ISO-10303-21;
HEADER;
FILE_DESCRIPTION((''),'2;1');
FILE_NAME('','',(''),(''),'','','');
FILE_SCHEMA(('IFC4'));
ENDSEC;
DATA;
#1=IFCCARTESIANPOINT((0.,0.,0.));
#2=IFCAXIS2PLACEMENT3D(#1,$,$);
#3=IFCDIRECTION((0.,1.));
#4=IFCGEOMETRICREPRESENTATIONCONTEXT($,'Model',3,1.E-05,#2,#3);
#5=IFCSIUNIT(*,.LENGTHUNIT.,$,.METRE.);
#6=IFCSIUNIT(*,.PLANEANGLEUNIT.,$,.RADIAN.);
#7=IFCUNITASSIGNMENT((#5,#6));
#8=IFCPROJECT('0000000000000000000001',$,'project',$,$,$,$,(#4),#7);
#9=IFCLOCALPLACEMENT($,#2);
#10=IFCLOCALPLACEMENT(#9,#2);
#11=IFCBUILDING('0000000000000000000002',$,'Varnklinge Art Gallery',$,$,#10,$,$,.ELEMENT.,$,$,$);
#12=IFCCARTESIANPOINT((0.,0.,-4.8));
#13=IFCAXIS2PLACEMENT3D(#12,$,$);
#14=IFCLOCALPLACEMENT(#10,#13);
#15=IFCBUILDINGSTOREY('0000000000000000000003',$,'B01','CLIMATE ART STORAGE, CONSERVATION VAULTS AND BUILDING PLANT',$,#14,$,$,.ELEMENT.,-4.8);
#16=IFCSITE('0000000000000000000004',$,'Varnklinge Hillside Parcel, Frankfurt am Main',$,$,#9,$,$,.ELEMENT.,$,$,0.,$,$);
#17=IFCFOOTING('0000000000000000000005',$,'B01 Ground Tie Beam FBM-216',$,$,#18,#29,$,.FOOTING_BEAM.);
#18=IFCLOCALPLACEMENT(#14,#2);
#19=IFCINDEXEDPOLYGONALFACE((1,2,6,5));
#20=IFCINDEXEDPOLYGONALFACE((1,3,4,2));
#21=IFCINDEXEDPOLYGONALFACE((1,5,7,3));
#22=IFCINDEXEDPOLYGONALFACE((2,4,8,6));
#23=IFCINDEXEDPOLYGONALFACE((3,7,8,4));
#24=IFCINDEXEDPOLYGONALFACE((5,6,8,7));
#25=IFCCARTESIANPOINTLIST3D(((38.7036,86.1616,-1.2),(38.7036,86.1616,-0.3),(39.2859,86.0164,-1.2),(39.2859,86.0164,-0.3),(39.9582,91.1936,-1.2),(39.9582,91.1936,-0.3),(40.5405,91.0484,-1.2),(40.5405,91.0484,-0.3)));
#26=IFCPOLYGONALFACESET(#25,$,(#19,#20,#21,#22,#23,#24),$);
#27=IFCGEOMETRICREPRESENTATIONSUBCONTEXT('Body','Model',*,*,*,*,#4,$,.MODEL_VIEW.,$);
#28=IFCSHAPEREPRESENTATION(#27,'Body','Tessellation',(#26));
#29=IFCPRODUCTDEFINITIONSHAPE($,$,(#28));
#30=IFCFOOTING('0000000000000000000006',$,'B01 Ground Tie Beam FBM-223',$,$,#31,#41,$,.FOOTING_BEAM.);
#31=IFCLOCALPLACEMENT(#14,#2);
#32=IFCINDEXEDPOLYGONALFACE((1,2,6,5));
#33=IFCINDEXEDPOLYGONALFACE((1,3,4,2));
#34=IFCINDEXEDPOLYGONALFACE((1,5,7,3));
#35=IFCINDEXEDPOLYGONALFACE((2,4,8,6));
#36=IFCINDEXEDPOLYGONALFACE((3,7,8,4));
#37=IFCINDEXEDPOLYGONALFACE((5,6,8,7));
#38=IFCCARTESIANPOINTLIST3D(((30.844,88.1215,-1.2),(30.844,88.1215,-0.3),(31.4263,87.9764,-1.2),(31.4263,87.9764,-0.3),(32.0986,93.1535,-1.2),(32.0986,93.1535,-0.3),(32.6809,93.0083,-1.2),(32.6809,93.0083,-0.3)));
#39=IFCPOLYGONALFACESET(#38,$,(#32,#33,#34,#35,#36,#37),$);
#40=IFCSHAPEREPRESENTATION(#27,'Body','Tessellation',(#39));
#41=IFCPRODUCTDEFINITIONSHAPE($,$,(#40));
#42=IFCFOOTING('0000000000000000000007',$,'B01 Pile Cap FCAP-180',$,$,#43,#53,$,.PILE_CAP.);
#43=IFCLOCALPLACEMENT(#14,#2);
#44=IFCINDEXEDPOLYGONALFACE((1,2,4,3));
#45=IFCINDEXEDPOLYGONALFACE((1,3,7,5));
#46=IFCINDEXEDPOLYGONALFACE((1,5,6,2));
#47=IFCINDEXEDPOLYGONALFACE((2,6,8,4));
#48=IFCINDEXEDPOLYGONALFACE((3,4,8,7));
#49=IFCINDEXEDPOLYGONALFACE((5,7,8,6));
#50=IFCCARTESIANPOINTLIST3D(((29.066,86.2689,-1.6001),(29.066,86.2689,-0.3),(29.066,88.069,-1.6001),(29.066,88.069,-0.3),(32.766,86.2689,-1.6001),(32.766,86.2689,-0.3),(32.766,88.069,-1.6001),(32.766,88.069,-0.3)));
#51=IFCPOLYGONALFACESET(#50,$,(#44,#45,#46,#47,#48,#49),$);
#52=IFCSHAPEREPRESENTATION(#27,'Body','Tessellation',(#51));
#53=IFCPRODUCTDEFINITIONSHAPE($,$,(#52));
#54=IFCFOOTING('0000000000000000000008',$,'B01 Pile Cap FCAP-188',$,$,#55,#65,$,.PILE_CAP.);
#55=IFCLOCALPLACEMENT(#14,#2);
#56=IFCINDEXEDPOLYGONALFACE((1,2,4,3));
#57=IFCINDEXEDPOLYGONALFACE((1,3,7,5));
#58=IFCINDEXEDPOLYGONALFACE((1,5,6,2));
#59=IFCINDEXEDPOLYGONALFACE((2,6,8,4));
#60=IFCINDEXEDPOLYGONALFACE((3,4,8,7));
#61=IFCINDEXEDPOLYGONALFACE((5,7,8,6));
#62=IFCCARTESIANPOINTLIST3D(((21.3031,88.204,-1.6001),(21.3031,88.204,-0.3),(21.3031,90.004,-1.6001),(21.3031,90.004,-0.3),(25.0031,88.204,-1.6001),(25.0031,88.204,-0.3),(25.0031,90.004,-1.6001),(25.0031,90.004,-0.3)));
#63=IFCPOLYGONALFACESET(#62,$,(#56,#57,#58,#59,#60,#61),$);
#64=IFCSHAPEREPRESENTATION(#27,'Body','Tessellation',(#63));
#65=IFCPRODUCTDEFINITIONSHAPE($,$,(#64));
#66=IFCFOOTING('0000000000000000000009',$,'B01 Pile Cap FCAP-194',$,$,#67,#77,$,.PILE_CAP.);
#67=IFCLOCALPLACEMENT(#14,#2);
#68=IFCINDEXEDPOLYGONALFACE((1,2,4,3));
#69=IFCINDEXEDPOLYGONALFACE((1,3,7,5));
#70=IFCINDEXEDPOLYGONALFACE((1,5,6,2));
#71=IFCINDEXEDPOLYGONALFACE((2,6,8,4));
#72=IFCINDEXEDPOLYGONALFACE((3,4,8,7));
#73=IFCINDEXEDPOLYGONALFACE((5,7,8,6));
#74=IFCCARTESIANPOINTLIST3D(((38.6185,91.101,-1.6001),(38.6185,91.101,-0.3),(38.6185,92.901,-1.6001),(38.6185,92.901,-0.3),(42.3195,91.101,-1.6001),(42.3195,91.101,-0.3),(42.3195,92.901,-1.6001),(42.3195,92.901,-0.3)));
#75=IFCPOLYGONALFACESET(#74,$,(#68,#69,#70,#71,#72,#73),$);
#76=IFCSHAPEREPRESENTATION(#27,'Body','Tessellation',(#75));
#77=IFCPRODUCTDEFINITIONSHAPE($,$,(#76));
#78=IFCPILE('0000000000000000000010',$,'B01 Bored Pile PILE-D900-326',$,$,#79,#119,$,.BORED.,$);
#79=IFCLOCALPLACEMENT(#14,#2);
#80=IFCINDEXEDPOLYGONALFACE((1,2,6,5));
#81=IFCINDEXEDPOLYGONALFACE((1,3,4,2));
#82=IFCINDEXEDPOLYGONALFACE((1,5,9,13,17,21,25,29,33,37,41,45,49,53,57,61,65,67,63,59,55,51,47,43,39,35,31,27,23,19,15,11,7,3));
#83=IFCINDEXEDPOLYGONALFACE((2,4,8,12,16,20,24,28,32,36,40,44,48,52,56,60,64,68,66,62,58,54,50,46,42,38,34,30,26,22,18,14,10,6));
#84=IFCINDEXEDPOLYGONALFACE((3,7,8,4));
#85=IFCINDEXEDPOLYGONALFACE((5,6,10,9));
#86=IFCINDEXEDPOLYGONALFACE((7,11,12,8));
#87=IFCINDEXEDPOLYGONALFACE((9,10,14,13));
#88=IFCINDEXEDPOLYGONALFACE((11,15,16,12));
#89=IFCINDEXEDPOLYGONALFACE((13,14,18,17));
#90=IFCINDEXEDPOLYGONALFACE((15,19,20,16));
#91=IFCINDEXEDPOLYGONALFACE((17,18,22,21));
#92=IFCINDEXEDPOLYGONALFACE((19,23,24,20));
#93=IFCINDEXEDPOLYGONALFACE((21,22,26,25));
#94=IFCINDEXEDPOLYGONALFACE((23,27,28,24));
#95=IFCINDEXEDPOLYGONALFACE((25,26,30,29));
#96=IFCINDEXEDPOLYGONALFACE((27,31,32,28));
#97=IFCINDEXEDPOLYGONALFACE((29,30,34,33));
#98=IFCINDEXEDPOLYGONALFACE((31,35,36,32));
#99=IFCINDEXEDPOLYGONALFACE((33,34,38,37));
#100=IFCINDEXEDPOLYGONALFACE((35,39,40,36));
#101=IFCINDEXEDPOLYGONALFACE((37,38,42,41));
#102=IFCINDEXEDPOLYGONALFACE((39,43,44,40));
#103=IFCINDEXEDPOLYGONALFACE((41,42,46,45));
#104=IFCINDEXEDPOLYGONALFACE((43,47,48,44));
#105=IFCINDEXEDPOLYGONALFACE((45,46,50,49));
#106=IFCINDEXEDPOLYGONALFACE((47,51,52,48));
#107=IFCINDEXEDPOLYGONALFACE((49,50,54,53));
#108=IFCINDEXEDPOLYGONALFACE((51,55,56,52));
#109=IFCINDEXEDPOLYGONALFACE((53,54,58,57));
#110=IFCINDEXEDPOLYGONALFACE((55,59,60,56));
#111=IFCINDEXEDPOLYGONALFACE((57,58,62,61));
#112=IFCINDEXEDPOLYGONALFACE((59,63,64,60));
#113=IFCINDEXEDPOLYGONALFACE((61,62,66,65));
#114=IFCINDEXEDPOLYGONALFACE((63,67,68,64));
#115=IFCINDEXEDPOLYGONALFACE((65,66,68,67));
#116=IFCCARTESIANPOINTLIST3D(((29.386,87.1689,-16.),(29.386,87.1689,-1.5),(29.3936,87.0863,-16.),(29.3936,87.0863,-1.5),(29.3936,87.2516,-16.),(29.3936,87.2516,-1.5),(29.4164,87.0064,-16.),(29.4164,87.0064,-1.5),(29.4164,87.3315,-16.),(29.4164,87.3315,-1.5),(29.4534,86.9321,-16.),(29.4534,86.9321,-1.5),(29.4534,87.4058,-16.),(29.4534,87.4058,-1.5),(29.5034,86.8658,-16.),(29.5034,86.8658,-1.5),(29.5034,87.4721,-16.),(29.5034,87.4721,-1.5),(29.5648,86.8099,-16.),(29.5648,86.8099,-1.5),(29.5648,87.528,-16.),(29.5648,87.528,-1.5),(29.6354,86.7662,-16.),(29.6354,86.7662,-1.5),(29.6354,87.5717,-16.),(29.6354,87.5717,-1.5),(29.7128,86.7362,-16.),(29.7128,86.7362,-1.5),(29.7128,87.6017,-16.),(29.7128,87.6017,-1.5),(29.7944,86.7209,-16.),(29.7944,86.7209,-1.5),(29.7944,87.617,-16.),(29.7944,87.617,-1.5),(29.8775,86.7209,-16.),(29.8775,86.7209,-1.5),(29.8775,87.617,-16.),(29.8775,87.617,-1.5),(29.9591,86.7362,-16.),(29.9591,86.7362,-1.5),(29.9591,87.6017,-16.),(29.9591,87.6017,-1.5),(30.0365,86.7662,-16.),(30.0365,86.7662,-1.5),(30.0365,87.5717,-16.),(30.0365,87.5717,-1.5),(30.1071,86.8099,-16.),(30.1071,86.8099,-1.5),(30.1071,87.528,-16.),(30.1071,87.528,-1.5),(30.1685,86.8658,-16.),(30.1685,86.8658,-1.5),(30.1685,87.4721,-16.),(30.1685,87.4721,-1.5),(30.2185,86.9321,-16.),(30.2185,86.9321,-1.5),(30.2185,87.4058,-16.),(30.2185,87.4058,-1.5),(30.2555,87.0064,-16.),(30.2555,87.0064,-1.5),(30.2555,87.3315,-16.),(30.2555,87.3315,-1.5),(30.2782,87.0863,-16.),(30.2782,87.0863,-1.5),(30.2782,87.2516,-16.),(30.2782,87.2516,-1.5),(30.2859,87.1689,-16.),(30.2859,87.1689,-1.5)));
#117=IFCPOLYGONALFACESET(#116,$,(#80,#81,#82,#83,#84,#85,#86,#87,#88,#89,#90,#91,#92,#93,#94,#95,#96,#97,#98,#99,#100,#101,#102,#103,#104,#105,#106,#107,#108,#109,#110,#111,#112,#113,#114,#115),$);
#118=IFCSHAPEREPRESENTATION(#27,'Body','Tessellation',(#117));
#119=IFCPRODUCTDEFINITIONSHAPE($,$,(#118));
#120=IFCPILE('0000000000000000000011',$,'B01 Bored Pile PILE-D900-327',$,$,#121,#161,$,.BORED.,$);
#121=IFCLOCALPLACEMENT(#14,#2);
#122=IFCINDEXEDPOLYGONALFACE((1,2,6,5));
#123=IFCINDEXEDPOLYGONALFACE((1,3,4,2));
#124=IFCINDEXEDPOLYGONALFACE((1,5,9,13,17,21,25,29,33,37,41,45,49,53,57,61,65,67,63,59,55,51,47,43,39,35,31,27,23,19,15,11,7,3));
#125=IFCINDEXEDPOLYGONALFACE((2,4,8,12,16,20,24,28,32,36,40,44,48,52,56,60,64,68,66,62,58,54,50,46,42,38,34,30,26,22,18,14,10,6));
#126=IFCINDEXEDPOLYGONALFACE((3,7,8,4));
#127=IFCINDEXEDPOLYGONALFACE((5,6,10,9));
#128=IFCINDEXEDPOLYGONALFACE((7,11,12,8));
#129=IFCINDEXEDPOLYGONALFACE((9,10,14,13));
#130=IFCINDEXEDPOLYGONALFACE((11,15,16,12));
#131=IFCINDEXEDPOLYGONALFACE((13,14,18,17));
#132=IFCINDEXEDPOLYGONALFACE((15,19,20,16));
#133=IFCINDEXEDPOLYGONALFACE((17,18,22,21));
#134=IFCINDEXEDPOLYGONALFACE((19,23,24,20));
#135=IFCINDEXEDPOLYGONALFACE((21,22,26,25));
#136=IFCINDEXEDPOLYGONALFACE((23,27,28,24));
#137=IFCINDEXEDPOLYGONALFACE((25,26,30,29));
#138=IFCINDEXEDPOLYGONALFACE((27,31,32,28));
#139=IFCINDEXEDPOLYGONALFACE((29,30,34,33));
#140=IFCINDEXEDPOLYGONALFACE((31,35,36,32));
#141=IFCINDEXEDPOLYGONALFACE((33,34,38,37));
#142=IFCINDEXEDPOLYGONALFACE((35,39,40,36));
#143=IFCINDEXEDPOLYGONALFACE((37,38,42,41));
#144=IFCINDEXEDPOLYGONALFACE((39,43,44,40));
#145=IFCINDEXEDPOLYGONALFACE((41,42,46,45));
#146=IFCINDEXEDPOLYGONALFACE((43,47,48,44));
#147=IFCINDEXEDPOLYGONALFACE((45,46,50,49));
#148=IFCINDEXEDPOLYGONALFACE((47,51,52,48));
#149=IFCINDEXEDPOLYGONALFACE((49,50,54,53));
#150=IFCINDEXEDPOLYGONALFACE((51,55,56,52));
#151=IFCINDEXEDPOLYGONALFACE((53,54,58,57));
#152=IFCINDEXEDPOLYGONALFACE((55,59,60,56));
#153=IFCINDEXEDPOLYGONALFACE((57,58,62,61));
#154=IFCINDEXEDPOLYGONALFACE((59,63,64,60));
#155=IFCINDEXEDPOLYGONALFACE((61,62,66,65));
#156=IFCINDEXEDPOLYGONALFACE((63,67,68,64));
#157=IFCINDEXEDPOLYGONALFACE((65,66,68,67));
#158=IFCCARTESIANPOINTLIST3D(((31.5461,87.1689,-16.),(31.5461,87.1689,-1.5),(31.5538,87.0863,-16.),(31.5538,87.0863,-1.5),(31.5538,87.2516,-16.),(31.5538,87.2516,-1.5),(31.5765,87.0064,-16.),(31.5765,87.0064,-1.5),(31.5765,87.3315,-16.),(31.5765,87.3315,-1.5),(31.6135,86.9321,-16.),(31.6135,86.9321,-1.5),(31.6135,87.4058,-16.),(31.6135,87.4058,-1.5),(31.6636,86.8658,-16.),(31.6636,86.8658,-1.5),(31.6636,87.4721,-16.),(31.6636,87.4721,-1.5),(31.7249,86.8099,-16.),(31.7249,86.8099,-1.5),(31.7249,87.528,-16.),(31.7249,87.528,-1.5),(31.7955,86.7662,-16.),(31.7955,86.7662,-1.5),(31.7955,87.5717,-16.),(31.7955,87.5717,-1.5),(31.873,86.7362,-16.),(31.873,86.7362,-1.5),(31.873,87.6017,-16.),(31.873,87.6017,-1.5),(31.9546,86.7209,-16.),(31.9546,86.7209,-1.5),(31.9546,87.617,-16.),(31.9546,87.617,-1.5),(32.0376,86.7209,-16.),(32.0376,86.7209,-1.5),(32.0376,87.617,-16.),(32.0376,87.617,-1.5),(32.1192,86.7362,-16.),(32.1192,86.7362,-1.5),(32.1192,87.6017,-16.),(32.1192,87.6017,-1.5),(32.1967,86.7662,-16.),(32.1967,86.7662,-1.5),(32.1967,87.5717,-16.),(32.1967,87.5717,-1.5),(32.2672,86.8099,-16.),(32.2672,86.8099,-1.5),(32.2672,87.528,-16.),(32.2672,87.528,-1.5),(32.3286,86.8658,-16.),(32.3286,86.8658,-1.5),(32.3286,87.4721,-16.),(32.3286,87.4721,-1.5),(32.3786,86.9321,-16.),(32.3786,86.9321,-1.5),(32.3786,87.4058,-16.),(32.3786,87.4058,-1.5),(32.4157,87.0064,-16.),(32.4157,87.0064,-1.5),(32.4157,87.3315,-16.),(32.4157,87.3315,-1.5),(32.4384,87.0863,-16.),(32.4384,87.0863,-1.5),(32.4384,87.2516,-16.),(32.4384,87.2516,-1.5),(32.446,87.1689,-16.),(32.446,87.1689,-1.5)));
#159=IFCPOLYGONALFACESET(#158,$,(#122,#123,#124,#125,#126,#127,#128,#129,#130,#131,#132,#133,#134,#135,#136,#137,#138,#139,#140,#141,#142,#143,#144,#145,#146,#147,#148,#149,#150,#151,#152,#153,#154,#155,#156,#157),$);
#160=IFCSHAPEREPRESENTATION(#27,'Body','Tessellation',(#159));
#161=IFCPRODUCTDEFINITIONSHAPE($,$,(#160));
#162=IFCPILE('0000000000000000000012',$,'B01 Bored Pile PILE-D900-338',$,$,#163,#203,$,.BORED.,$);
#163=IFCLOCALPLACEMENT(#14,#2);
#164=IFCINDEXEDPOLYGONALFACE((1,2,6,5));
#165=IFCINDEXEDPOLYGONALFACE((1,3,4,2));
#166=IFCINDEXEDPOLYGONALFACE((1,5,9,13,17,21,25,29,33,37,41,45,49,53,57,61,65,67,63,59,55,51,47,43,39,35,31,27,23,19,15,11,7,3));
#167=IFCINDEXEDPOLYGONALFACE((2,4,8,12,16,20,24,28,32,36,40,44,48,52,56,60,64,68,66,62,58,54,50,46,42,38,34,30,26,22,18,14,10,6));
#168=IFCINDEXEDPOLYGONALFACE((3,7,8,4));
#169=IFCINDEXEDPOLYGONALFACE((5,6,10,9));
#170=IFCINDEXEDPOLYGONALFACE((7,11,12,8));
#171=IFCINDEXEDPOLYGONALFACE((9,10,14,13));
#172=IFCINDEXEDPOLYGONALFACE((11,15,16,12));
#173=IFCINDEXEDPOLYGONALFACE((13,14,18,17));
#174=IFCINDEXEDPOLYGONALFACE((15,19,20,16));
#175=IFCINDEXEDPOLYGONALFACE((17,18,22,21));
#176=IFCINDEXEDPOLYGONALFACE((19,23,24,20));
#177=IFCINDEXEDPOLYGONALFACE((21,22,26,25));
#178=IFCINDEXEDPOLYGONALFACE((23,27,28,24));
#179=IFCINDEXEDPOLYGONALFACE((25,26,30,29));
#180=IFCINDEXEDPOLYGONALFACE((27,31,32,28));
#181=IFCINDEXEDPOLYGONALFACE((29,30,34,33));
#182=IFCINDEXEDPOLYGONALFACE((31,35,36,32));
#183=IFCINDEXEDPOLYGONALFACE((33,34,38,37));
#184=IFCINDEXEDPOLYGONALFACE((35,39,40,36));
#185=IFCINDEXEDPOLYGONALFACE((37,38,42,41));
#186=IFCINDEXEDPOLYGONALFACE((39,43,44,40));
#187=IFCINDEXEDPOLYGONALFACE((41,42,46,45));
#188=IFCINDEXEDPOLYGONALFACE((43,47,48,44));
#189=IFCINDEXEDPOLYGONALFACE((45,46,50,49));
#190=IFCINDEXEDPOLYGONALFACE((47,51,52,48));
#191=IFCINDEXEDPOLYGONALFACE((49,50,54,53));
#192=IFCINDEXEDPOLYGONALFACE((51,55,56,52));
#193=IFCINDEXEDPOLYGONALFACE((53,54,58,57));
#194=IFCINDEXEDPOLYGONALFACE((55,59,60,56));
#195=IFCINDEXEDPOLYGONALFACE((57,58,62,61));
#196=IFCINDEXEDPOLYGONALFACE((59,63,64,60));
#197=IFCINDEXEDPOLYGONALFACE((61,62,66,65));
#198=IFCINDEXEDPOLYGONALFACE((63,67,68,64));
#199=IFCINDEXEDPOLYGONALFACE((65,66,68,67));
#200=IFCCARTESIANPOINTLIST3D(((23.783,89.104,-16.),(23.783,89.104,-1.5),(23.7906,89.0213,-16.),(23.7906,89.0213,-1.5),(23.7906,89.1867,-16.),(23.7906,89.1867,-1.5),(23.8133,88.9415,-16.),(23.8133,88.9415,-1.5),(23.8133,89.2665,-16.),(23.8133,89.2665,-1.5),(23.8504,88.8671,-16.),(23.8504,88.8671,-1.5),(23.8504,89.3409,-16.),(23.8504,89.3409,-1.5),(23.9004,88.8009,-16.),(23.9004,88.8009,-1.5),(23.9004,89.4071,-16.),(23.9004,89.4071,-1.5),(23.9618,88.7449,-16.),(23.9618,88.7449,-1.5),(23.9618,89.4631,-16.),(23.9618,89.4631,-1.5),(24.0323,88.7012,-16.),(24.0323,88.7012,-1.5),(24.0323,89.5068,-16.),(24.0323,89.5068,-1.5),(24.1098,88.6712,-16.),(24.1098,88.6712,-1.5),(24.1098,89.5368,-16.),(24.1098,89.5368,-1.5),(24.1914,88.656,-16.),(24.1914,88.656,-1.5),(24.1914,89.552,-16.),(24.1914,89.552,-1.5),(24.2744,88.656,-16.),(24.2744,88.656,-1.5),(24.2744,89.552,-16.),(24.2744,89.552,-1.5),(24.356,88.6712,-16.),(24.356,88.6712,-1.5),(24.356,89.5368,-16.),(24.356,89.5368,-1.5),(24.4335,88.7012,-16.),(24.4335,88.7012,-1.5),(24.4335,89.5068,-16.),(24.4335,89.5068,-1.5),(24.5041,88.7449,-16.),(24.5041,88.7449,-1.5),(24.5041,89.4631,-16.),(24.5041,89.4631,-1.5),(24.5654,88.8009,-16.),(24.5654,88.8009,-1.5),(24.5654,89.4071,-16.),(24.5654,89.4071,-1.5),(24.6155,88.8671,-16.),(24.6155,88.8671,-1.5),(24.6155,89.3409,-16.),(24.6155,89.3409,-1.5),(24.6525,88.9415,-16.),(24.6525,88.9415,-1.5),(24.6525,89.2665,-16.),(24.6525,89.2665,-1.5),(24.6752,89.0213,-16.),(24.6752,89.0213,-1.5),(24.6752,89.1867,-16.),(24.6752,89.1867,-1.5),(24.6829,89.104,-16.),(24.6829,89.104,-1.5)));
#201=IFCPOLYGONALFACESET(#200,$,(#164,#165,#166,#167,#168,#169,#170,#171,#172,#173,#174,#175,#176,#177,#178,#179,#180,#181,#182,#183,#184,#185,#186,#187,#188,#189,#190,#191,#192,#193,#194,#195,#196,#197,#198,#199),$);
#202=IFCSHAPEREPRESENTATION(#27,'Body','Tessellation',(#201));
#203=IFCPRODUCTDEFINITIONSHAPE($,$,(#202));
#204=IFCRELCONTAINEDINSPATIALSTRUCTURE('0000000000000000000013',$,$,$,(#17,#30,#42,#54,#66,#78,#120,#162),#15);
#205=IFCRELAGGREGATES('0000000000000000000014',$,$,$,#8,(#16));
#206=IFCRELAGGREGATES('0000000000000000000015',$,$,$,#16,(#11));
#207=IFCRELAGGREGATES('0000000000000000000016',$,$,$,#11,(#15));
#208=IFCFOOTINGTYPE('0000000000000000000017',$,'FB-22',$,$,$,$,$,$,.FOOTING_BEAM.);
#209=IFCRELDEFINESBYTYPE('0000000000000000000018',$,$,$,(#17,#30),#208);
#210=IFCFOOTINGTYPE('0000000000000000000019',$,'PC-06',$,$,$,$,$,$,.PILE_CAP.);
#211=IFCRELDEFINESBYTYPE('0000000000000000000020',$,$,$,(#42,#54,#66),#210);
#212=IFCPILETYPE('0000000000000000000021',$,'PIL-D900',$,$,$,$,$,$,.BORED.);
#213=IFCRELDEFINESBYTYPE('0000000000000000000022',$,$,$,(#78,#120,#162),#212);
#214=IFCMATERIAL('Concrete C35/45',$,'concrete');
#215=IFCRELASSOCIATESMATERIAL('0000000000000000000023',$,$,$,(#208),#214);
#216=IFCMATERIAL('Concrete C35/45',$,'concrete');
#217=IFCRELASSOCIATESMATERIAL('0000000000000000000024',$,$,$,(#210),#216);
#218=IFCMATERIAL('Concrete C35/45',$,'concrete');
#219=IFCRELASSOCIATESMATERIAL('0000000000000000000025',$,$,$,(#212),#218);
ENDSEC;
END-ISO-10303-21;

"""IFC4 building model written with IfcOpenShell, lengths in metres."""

from ifc_helpers import new_model, si_unit, direction, frame, origin, origin_2d, place, context, subcontext, project, spatial, rectangle, circle, extrude, material, material_profile, profile_set, type_object, element, save


model = new_model("IFC4")

# Units and contexts
model_context = context("Model", 3, precision=1e-05, world=origin(), true_north=direction((0.0, 1.0)))
body_context = subcontext(model_context, "Body", "Model", "MODEL_VIEW")
ifc_project = project(units=[si_unit("LENGTHUNIT", "METRE"), si_unit("PLANEANGLEUNIT", "RADIAN")], contexts=[model_context])

# Site, building, storey
site_placement = place(None, origin())
site = spatial("IfcSite", under=ifc_project, at=site_placement, Name="Varnklinge Hillside Parcel, Frankfurt am Main", CompositionType="ELEMENT", RefElevation=0.0)
building_placement = place(site_placement, origin())
building = spatial("IfcBuilding", under=site, at=building_placement, Name="Varnklinge Art Gallery", CompositionType="ELEMENT")
storey_placement = place(building_placement, frame((0.0, 0.0, -4.8)))
storey = spatial("IfcBuildingStorey", under=building, at=storey_placement, Name="B01", Description="CLIMATE ART STORAGE, CONSERVATION VAULTS AND BUILDING PLANT", CompositionType="ELEMENT", Elevation=-4.8)

# Footings
ifc_material_1 = material(Name="Concrete C35/45", Category="concrete")
footing_type_1 = type_object("IfcFootingType", Name="FB-22", PredefinedType="FOOTING_BEAM", material=ifc_material_1)
for number, where, z_axis, x_axis, name in (
    (1, (39.6221, 88.605, -1.2), (0.0, 0.0, 1.0), (0.241922, 0.970296, 0.0), "B01 Ground Tie Beam FBM-216"),
    (2, (31.7625, 90.5649, -1.2), (0.0, 0.0, 1.0), (0.241922, 0.970296, 0.0), "B01 Ground Tie Beam FBM-223"),
):
    element("IfcFooting", number, at=place(storey_placement, frame(where, z_axis=z_axis, x_axis=x_axis)), inside=storey, type_object=footing_type_1, Name=name, PredefinedType="FOOTING_BEAM", context=body_context, shape_type="SweptSolid", body=[
        extrude(rectangle(XDim=5.186, YDim=0.6001, at=origin_2d()), origin(), (0.0, 0.0, 1.0), 0.8999),
    ])
ifc_material_2 = material(Name="Concrete C35/45", Category="concrete")
footing_type_2 = type_object("IfcFootingType", Name="PC-06", PredefinedType="PILE_CAP", material=ifc_material_2)
for number, where, z_axis, x_axis, name in (
    (3, (30.916, 87.1689, -1.6001), (0.0, 0.0, 1.0), (1.0, 0.0, 0.0), "B01 Pile Cap FCAP-180"),
    (4, (23.1531, 89.104, -1.6001), (0.0, 0.0, 1.0), (1.0, 0.0, 0.0), "B01 Pile Cap FCAP-188"),
):
    element("IfcFooting", number, at=place(storey_placement, frame(where, z_axis=z_axis, x_axis=x_axis)), inside=storey, type_object=footing_type_2, Name=name, PredefinedType="PILE_CAP", context=body_context, shape_type="SweptSolid", body=[
        extrude(rectangle(XDim=3.7, YDim=1.8, at=origin_2d()), origin(), (0.0, 0.0, 1.0), 1.3),
    ])
footing_placement = place(storey_placement, frame((40.469, 92.001, -1.6001), z_axis=(0.0, 0.0, 1.0), x_axis=(1.0, 0.0, 0.0)))
element("IfcFooting", 5, at=footing_placement, inside=storey, type_object=footing_type_2, Name="B01 Pile Cap FCAP-194", PredefinedType="PILE_CAP", context=body_context, shape_type="SweptSolid", body=[
    extrude(rectangle(XDim=3.7009, YDim=1.8, at=origin_2d()), origin(), (0.0, 0.0, 1.0), 1.3),
])

# Piles
ifc_material_3 = material(Name="Concrete C35/45", Category="concrete")
ifc_material_profile_1 = material_profile(ifc_material_3, circle(Radius=0.45, at=origin_2d()), Name="PILE D900")
ifc_profile_set_1 = profile_set([ifc_material_profile_1], Name="Concrete C35/45")
pile_type = type_object("IfcPileType", Name="PIL-D900", PredefinedType="BORED", material=ifc_profile_set_1)
for number, where, z_axis, x_axis, name in (
    (6, (29.8359, 87.1689, -1.5), (0.0, 0.0, -1.0), (1.0, 0.0, 0.0), "B01 Bored Pile PILE-D900-326"),
    (7, (31.9961, 87.1689, -1.5), (0.0, 0.0, -1.0), (1.0, 0.0, 0.0), "B01 Bored Pile PILE-D900-327"),
    (8, (24.2329, 89.104, -1.5), (0.0, 0.0, -1.0), (1.0, 0.0, 0.0), "B01 Bored Pile PILE-D900-338"),
):
    element("IfcPile", number, at=place(storey_placement, frame(where, z_axis=z_axis, x_axis=x_axis)), inside=storey, type_object=pile_type, Name=name, PredefinedType="BORED", context=body_context, shape_type="SweptSolid", body=[
        extrude(circle(Radius=0.45, at=origin_2d()), origin(), (0.0, 0.0, 1.0), 14.5),
    ])

save(model, "model.ifc")
